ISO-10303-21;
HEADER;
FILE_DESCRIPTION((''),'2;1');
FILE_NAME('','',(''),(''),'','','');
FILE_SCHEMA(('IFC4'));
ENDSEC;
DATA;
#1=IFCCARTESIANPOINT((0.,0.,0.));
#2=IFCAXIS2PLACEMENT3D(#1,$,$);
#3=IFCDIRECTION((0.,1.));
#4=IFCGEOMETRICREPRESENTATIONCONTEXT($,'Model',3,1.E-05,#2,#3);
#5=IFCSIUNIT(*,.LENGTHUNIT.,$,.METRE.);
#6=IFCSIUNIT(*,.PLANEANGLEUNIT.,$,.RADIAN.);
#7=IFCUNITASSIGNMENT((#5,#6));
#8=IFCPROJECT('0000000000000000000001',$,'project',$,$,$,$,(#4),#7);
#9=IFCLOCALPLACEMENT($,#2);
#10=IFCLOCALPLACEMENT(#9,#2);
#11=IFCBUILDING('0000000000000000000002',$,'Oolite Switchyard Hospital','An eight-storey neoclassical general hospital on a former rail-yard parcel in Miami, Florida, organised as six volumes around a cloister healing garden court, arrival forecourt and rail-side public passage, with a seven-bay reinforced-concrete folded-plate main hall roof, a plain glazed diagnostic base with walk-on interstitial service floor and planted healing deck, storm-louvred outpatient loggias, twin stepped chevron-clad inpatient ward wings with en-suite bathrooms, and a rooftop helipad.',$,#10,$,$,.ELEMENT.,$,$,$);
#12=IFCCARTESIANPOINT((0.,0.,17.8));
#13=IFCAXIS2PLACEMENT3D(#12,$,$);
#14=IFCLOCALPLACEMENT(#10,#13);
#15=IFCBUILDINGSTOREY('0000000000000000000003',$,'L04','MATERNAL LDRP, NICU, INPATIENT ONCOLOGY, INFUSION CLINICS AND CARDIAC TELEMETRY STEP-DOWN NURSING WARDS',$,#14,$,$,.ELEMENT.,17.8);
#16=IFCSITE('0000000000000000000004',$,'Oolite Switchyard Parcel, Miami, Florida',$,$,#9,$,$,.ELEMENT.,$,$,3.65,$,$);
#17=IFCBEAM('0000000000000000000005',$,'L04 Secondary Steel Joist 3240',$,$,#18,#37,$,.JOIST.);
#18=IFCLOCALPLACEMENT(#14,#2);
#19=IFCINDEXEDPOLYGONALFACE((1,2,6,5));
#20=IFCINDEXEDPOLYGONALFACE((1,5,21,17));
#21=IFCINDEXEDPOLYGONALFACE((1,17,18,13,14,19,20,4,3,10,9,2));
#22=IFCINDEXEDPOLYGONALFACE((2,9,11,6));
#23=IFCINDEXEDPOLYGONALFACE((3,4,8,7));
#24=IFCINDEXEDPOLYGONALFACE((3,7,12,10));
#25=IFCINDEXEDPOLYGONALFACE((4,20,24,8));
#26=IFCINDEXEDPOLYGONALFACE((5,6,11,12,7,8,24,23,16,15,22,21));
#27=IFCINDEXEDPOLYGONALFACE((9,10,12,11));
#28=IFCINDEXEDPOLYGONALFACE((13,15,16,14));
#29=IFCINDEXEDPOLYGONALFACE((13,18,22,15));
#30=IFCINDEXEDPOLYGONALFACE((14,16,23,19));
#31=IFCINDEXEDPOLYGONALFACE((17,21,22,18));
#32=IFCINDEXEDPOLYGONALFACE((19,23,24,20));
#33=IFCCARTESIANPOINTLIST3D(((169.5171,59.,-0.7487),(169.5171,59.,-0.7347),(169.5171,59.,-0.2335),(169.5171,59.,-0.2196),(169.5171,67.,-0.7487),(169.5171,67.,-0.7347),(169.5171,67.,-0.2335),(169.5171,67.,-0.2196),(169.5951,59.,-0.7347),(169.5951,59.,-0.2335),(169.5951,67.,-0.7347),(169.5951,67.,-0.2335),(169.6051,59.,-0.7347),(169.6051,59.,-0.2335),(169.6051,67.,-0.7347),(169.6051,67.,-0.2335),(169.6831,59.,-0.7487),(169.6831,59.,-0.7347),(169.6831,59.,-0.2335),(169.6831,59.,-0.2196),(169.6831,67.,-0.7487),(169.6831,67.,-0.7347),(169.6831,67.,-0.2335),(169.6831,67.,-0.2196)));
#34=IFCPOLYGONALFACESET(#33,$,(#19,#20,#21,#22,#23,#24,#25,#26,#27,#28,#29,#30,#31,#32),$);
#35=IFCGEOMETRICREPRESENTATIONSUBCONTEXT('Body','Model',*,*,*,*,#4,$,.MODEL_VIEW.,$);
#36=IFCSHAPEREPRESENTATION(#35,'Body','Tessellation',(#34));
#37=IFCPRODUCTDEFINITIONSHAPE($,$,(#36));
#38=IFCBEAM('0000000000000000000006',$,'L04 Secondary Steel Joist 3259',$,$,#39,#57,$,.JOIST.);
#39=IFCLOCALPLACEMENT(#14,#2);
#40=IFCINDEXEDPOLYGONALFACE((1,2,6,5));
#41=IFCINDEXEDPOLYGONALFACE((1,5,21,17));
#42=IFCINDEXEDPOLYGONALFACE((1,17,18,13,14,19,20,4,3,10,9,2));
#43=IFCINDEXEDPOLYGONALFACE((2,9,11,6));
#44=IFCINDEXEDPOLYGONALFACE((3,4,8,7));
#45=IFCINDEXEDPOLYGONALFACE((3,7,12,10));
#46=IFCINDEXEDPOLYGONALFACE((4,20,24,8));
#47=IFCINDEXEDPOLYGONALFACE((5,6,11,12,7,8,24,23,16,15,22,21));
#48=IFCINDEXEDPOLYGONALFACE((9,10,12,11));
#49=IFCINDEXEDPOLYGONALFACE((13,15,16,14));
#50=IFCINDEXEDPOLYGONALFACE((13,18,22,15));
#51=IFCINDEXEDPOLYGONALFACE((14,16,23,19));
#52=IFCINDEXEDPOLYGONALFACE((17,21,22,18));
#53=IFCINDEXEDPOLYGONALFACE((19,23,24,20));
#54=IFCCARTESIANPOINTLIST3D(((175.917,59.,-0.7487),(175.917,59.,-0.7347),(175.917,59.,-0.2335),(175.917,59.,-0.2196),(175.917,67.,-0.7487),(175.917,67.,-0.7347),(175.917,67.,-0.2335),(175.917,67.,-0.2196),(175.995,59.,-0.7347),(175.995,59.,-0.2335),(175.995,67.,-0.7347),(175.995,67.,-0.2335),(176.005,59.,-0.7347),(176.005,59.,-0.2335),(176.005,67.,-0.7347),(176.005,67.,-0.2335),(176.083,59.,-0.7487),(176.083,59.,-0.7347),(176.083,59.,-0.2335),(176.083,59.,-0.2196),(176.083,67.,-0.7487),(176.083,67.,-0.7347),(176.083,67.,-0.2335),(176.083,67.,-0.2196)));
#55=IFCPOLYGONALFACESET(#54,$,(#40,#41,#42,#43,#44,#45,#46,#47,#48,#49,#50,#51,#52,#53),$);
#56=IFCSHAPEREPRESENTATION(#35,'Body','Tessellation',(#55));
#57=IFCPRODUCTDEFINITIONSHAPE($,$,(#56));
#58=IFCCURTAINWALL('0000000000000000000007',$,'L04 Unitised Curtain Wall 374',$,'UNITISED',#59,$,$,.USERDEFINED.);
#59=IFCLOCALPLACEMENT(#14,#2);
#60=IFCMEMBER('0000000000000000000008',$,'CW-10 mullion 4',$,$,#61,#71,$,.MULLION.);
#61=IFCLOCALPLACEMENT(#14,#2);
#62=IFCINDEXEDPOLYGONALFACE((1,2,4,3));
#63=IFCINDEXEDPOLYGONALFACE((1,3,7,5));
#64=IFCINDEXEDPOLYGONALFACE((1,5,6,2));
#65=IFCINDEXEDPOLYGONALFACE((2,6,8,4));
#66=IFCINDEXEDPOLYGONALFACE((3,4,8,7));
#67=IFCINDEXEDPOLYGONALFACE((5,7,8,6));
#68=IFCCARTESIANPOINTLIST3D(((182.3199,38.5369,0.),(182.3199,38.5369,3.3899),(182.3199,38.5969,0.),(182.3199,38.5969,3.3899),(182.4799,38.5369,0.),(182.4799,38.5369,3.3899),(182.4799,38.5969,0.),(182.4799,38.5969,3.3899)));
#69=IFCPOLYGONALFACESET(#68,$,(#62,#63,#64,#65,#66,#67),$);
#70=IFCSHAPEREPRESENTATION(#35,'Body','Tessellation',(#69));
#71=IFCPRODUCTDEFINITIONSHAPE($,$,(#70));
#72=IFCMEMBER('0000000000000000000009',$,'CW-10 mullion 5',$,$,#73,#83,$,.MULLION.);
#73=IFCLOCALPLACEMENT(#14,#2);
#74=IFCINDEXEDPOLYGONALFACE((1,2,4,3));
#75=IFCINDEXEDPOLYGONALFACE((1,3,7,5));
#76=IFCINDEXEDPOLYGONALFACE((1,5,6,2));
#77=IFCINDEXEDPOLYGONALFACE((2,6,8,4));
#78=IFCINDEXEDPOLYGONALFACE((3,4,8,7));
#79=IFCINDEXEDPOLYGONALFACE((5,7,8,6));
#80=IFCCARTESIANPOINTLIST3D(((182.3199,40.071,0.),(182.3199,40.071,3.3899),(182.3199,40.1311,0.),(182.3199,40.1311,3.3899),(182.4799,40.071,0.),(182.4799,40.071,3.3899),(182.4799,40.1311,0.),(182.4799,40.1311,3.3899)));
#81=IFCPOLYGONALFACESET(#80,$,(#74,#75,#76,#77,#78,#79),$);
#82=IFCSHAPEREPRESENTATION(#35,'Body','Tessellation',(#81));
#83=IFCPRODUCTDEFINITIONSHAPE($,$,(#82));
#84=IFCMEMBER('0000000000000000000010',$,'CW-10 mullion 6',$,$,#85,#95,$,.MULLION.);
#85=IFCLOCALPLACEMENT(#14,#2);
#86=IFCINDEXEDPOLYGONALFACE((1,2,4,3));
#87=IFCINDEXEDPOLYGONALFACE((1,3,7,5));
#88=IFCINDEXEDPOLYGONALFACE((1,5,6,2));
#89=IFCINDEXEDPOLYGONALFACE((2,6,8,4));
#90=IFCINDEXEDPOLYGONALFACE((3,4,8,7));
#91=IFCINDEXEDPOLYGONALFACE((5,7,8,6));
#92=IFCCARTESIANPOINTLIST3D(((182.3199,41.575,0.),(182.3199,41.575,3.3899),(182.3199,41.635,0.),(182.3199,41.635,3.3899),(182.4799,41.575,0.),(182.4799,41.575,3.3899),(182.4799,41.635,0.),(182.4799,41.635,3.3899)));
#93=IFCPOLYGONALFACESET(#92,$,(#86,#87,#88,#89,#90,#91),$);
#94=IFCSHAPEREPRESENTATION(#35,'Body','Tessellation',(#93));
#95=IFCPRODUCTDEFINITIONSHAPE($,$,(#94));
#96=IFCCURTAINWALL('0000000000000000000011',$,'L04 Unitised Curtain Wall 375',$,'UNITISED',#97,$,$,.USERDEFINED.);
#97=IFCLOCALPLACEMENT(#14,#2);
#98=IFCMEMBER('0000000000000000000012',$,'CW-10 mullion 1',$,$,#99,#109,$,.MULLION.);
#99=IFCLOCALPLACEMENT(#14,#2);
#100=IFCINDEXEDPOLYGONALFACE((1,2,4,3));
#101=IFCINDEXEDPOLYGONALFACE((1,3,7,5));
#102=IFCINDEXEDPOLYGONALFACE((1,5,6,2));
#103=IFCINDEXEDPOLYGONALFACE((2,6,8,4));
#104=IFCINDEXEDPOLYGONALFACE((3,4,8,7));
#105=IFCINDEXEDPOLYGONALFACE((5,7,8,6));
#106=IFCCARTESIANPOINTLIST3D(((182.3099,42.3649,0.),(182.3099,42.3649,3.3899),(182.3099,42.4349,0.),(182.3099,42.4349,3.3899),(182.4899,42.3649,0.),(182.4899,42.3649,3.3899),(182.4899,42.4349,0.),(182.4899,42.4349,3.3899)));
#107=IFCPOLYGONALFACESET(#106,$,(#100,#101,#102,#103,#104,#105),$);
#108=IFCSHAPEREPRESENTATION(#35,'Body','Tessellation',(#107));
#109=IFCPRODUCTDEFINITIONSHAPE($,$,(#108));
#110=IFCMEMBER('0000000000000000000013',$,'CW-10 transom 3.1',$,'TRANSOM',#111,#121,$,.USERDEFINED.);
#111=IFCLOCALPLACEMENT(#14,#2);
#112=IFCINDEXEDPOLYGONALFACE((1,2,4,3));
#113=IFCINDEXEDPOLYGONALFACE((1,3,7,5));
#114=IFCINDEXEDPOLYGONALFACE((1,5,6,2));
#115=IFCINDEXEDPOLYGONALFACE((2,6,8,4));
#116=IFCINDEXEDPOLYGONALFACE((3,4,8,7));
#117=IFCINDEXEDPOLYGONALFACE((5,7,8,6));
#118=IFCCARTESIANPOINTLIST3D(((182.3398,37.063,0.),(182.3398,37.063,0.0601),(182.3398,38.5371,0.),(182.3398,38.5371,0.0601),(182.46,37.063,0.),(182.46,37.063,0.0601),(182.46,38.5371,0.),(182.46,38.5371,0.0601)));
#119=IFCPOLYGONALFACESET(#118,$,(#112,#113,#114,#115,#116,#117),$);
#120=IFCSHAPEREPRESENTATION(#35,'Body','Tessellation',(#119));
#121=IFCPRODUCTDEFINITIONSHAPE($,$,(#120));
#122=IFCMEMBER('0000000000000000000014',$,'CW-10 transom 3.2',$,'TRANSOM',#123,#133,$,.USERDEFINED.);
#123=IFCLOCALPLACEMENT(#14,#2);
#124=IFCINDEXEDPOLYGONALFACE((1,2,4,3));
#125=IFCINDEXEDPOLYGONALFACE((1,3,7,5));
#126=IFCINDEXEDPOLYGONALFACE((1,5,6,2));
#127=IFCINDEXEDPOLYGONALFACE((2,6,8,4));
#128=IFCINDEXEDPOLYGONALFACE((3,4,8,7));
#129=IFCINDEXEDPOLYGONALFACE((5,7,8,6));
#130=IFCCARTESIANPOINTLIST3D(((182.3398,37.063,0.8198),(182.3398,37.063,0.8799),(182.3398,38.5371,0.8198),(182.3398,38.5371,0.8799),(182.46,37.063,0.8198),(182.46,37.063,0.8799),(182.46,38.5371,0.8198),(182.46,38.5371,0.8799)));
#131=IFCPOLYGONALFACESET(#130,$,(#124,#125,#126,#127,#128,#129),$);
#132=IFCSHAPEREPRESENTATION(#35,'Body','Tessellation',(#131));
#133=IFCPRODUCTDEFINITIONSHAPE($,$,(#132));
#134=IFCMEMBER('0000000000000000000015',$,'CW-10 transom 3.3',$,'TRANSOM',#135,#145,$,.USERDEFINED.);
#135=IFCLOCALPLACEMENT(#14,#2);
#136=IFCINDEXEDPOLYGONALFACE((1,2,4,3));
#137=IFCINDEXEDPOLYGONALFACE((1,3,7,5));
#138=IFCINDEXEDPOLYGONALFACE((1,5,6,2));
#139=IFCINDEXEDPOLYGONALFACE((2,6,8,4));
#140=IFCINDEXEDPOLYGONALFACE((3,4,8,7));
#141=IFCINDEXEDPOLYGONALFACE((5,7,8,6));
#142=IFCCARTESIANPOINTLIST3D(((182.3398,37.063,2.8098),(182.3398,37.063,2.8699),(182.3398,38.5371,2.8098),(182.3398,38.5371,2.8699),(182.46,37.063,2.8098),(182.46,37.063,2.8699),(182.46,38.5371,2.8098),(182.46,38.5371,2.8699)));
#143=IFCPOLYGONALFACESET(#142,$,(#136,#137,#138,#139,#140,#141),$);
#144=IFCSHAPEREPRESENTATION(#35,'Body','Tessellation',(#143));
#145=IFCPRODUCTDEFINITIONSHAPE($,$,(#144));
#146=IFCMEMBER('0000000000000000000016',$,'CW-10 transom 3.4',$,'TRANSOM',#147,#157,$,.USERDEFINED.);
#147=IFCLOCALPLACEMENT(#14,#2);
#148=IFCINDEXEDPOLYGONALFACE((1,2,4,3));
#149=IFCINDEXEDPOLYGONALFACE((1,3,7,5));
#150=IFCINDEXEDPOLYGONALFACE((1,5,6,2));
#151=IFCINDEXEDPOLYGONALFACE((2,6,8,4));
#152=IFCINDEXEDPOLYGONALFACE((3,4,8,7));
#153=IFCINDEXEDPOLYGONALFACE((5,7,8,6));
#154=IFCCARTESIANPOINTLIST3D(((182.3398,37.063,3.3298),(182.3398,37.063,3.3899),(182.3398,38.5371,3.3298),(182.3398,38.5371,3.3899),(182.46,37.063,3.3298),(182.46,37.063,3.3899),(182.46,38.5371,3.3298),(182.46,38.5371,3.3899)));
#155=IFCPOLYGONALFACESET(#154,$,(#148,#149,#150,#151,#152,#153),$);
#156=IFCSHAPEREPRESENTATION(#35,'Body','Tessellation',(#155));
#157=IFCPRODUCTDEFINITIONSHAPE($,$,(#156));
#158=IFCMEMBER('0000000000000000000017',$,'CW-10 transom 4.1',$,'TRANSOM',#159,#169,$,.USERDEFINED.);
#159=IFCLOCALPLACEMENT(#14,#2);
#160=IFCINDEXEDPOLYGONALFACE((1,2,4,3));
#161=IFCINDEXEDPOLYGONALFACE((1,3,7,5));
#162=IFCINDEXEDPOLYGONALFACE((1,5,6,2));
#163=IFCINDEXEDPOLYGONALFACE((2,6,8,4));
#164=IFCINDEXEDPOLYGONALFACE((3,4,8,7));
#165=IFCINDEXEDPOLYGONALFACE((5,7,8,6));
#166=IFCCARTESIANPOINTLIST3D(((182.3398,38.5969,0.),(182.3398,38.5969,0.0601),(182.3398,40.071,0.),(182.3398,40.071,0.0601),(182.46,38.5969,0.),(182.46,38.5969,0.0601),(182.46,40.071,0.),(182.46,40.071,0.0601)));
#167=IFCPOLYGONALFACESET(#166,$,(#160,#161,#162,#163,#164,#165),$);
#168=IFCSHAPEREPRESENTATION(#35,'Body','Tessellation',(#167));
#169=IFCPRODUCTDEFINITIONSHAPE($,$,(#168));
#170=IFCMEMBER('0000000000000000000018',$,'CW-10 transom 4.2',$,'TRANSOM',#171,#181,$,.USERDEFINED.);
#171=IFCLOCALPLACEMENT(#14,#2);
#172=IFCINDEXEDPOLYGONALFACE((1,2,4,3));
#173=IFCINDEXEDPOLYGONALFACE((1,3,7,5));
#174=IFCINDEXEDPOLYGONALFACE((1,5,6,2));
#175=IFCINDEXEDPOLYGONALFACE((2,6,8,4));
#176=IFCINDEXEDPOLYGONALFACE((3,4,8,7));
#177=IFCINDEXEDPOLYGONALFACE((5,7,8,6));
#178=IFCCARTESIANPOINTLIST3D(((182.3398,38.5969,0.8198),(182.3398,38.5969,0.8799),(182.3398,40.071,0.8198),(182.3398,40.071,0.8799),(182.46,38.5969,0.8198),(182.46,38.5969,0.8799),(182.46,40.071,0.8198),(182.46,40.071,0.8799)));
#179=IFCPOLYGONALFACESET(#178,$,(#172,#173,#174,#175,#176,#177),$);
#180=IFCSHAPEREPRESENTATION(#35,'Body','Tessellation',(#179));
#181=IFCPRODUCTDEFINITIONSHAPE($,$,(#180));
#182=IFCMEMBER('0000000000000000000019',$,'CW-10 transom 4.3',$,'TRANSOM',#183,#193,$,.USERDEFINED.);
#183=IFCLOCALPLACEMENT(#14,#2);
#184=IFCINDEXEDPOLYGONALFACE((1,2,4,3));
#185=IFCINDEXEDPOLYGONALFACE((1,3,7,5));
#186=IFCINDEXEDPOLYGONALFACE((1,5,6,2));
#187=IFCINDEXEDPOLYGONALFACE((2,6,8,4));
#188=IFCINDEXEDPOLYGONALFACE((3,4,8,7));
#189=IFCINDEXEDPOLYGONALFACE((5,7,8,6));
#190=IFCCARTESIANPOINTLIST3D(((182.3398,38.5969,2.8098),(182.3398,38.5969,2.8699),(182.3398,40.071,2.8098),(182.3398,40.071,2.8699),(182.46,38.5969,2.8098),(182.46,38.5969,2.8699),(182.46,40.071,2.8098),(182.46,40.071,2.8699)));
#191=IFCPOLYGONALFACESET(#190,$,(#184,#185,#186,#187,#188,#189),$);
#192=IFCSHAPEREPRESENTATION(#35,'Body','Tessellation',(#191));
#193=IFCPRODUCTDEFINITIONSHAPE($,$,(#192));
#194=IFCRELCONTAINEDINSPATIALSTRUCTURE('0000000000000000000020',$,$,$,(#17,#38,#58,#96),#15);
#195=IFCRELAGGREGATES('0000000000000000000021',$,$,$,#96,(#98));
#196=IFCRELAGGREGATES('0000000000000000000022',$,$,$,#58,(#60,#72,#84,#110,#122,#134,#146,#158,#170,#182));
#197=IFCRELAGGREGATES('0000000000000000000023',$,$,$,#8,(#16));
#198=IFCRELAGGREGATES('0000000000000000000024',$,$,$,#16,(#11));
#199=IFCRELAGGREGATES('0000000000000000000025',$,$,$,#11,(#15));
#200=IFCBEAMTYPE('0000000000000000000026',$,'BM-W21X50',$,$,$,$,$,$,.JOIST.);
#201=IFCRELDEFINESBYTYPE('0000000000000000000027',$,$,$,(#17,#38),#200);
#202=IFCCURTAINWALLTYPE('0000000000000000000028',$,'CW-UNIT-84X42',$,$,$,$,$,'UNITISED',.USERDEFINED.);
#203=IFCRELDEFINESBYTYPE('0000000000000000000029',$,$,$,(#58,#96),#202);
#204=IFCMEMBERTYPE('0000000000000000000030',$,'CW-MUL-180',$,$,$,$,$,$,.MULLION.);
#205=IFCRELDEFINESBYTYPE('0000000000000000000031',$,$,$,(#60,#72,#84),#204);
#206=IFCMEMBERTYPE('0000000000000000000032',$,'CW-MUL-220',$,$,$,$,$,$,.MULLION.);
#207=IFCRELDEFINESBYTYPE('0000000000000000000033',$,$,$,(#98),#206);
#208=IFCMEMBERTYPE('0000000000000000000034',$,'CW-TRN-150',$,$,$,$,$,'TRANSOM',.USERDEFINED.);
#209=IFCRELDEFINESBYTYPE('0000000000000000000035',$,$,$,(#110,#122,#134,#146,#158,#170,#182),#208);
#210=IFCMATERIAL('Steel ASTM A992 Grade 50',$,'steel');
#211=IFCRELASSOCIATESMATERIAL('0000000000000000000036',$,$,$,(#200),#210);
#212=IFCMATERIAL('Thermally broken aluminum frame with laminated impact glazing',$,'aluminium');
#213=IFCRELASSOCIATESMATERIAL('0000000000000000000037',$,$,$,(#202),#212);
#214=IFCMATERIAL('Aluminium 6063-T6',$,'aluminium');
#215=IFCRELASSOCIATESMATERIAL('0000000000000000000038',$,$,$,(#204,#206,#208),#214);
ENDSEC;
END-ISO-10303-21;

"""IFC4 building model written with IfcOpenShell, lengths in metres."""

from ifc_helpers import new_model, si_unit, direction, frame, origin, origin_2d, place, context, subcontext, project, spatial, rectangle, i_section, extrude, material, material_profile, profile_set, type_object, element, aggregate, save


model = new_model("IFC4")

# Units and contexts
model_context = context("Model", 3, precision=1e-05, world=origin(), true_north=direction((0.0, 1.0)))
body_context = subcontext(model_context, "Body", "Model", "MODEL_VIEW")
ifc_project = project(units=[si_unit("LENGTHUNIT", "METRE"), si_unit("PLANEANGLEUNIT", "RADIAN")], contexts=[model_context])

# Site, building, storey
site_placement = place(None, origin())
site = spatial("IfcSite", under=ifc_project, at=site_placement, Name="Oolite Switchyard Parcel, Miami, Florida", CompositionType="ELEMENT", RefElevation=3.65)
building_placement = place(site_placement, origin())
building = spatial("IfcBuilding", under=site, at=building_placement, Name="Oolite Switchyard Hospital", Description="An eight-storey neoclassical general hospital on a former rail-yard parcel in Miami, Florida, organised as six volumes around a cloister healing garden court, arrival forecourt and rail-side public passage, with a seven-bay reinforced-concrete folded-plate main hall roof, a plain glazed diagnostic base with walk-on interstitial service floor and planted healing deck, storm-louvred outpatient loggias, twin stepped chevron-clad inpatient ward wings with en-suite bathrooms, and a rooftop helipad.", CompositionType="ELEMENT")
storey_placement = place(building_placement, frame((0.0, 0.0, 17.8)))
storey = spatial("IfcBuildingStorey", under=building, at=storey_placement, Name="L04", Description="MATERNAL LDRP, NICU, INPATIENT ONCOLOGY, INFUSION CLINICS AND CARDIAC TELEMETRY STEP-DOWN NURSING WARDS", CompositionType="ELEMENT", Elevation=17.8)

# Beams
ifc_material_1 = material(Name="Steel ASTM A992 Grade 50", Category="steel")
ifc_material_profile_1 = material_profile(ifc_material_1, i_section(OverallWidth=0.166, OverallDepth=0.5291, WebThickness=0.01, FlangeThickness=0.0139, at=origin_2d()), Name="W21X50")
ifc_profile_set_1 = profile_set([ifc_material_profile_1], Name="Steel ASTM A992 Grade 50")
beam_type_1 = type_object("IfcBeamType", Name="BM-W21X50", PredefinedType="JOIST", material=ifc_profile_set_1)
for number, where, z_axis, x_axis, name in (
    (1, (169.6001, 59.0, -0.4841), (0.0, 1.0, 0.0), (-1.0, 0.0, 0.0), "L04 Secondary Steel Joist 3240"),
    (2, (176.0, 59.0, -0.4841), (0.0, 1.0, 0.0), (-1.0, 0.0, 0.0), "L04 Secondary Steel Joist 3259"),
):
    element("IfcBeam", number, at=place(storey_placement, frame(where, z_axis=z_axis, x_axis=x_axis)), inside=storey, type_object=beam_type_1, Name=name, PredefinedType="JOIST", context=body_context, shape_type="SweptSolid", body=[
        extrude(i_section(OverallWidth=0.166, OverallDepth=0.5291, WebThickness=0.01, FlangeThickness=0.0139, at=origin_2d()), origin(), (0.0, 0.0, 1.0), 8.0),
    ])

# Curtain wall, members
ifc_material_2 = material(Name="Thermally broken aluminum frame with laminated impact glazing", Category="aluminium")
curtain_wall_type = type_object("IfcCurtainWallType", Name="CW-UNIT-84X42", ElementType="UNITISED", PredefinedType="USERDEFINED", material=ifc_material_2)
curtain_wall_1_placement = place(storey_placement, origin())
curtain_wall_1 = element("IfcCurtainWall", 3, at=curtain_wall_1_placement, inside=storey, type_object=curtain_wall_type, Name="L04 Unitised Curtain Wall 374", ObjectType="UNITISED", PredefinedType="USERDEFINED")
ifc_material_3 = material(Name="Aluminium 6063-T6", Category="aluminium")
ifc_material_profile_2 = material_profile(ifc_material_3, rectangle(XDim=0.1599, YDim=0.0601, at=origin_2d()), Name="CWM60X160")
ifc_profile_set_2 = profile_set([ifc_material_profile_2], Name="Aluminium 6063-T6")
member_type_1 = type_object("IfcMemberType", Name="CW-MUL-180", PredefinedType="MULLION", material=ifc_profile_set_2)
member_1_placement = place(storey_placement, frame((182.3999, 38.5669, 0.0), z_axis=(0.0, 0.0, 1.0), x_axis=(-1.0, 0.0, 0.0)))
member_1 = element("IfcMember", 4, at=member_1_placement, type_object=member_type_1, Name="CW-10 mullion 4", PredefinedType="MULLION", context=body_context, shape_type="SweptSolid", body=[
    extrude(rectangle(XDim=0.1599, YDim=0.0601, at=origin_2d()), origin(), (0.0, 0.0, 1.0), 3.3899),
])
member_2_placement = place(storey_placement, frame((182.3999, 40.1011, 0.0), z_axis=(0.0, 0.0, 1.0), x_axis=(-1.0, 0.0, 0.0)))
member_2 = element("IfcMember", 5, at=member_2_placement, type_object=member_type_1, Name="CW-10 mullion 5", PredefinedType="MULLION", context=body_context, shape_type="SweptSolid", body=[
    extrude(rectangle(XDim=0.1599, YDim=0.0601, at=origin_2d()), origin(), (0.0, 0.0, 1.0), 3.3899),
])
member_3_placement = place(storey_placement, frame((182.3999, 41.605, 0.0), z_axis=(0.0, 0.0, 1.0), x_axis=(-1.0, 0.0, 0.0)))
member_3 = element("IfcMember", 6, at=member_3_placement, type_object=member_type_1, Name="CW-10 mullion 6", PredefinedType="MULLION", context=body_context, shape_type="SweptSolid", body=[
    extrude(rectangle(XDim=0.1599, YDim=0.0601, at=origin_2d()), origin(), (0.0, 0.0, 1.0), 3.3899),
])

# Curtain wall, member
curtain_wall_2_placement = place(storey_placement, origin())
curtain_wall_2 = element("IfcCurtainWall", 7, at=curtain_wall_2_placement, inside=storey, type_object=curtain_wall_type, Name="L04 Unitised Curtain Wall 375", ObjectType="UNITISED", PredefinedType="USERDEFINED")
ifc_material_profile_3 = material_profile(ifc_material_3, rectangle(XDim=0.1799, YDim=0.0701, at=origin_2d()), Name="CWM70X180")
ifc_profile_set_3 = profile_set([ifc_material_profile_3], Name="Aluminium 6063-T6")
member_type_2 = type_object("IfcMemberType", Name="CW-MUL-220", PredefinedType="MULLION", material=ifc_profile_set_3)
member_4_placement = place(storey_placement, frame((182.3999, 42.3999, 0.0), z_axis=(0.0, 0.0, 1.0), x_axis=(-1.0, 0.0, 0.0)))
member_4 = element("IfcMember", 8, at=member_4_placement, type_object=member_type_2, Name="CW-10 mullion 1", PredefinedType="MULLION", context=body_context, shape_type="SweptSolid", body=[
    extrude(rectangle(XDim=0.1799, YDim=0.0701, at=origin_2d()), origin(), (0.0, 0.0, 1.0), 3.3899),
])

# Members
ifc_material_profile_4 = material_profile(ifc_material_3, rectangle(XDim=0.1201, YDim=0.0601, at=origin_2d()), Name="CWT60X120")
ifc_profile_set_4 = profile_set([ifc_material_profile_4], Name="Aluminium 6063-T6")
member_type_3 = type_object("IfcMemberType", Name="CW-TRN-150", ElementType="TRANSOM", PredefinedType="USERDEFINED", material=ifc_profile_set_4)
member_5_placement = place(storey_placement, frame((182.3999, 37.063, 0.03), z_axis=(0.0, 1.0, 0.0), x_axis=(-1.0, 0.0, 0.0)))
member_5 = element("IfcMember", 9, at=member_5_placement, type_object=member_type_3, Name="CW-10 transom 3.1", ObjectType="TRANSOM", PredefinedType="USERDEFINED", context=body_context, shape_type="SweptSolid", body=[
    extrude(rectangle(XDim=0.1201, YDim=0.0601, at=origin_2d()), origin(), (0.0, 0.0, 1.0), 1.4741),
])
member_6_placement = place(storey_placement, frame((182.3999, 37.063, 0.8499), z_axis=(0.0, 1.0, 0.0), x_axis=(-1.0, 0.0, 0.0)))
member_6 = element("IfcMember", 10, at=member_6_placement, type_object=member_type_3, Name="CW-10 transom 3.2", ObjectType="TRANSOM", PredefinedType="USERDEFINED", context=body_context, shape_type="SweptSolid", body=[
    extrude(rectangle(XDim=0.1201, YDim=0.0601, at=origin_2d()), origin(), (0.0, 0.0, 1.0), 1.4741),
])
member_7_placement = place(storey_placement, frame((182.3999, 37.063, 2.8398), z_axis=(0.0, 1.0, 0.0), x_axis=(-1.0, 0.0, 0.0)))
member_7 = element("IfcMember", 11, at=member_7_placement, type_object=member_type_3, Name="CW-10 transom 3.3", ObjectType="TRANSOM", PredefinedType="USERDEFINED", context=body_context, shape_type="SweptSolid", body=[
    extrude(rectangle(XDim=0.1201, YDim=0.0601, at=origin_2d()), origin(), (0.0, 0.0, 1.0), 1.4741),
])
member_8_placement = place(storey_placement, frame((182.3999, 37.063, 3.3599), z_axis=(0.0, 1.0, 0.0), x_axis=(-1.0, 0.0, 0.0)))
member_8 = element("IfcMember", 12, at=member_8_placement, type_object=member_type_3, Name="CW-10 transom 3.4", ObjectType="TRANSOM", PredefinedType="USERDEFINED", context=body_context, shape_type="SweptSolid", body=[
    extrude(rectangle(XDim=0.1201, YDim=0.0601, at=origin_2d()), origin(), (0.0, 0.0, 1.0), 1.4741),
])
member_9_placement = place(storey_placement, frame((182.3999, 38.5969, 0.03), z_axis=(0.0, 1.0, 0.0), x_axis=(-1.0, 0.0, 0.0)))
member_9 = element("IfcMember", 13, at=member_9_placement, type_object=member_type_3, Name="CW-10 transom 4.1", ObjectType="TRANSOM", PredefinedType="USERDEFINED", context=body_context, shape_type="SweptSolid", body=[
    extrude(rectangle(XDim=0.1201, YDim=0.0601, at=origin_2d()), origin(), (0.0, 0.0, 1.0), 1.4741),
])
member_10_placement = place(storey_placement, frame((182.3999, 38.5969, 0.8499), z_axis=(0.0, 1.0, 0.0), x_axis=(-1.0, 0.0, 0.0)))
member_10 = element("IfcMember", 14, at=member_10_placement, type_object=member_type_3, Name="CW-10 transom 4.2", ObjectType="TRANSOM", PredefinedType="USERDEFINED", context=body_context, shape_type="SweptSolid", body=[
    extrude(rectangle(XDim=0.1201, YDim=0.0601, at=origin_2d()), origin(), (0.0, 0.0, 1.0), 1.4741),
])
member_11_placement = place(storey_placement, frame((182.3999, 38.5969, 2.8398), z_axis=(0.0, 1.0, 0.0), x_axis=(-1.0, 0.0, 0.0)))
member_11 = element("IfcMember", 15, at=member_11_placement, type_object=member_type_3, Name="CW-10 transom 4.3", ObjectType="TRANSOM", PredefinedType="USERDEFINED", context=body_context, shape_type="SweptSolid", body=[
    extrude(rectangle(XDim=0.1201, YDim=0.0601, at=origin_2d()), origin(), (0.0, 0.0, 1.0), 1.4741),
])
aggregate(curtain_wall_2, [member_4])

aggregate(curtain_wall_1, [member_1, member_2, member_3, member_5, member_6, member_7, member_8, member_9, member_10, member_11])

save(model, "model.ifc")
